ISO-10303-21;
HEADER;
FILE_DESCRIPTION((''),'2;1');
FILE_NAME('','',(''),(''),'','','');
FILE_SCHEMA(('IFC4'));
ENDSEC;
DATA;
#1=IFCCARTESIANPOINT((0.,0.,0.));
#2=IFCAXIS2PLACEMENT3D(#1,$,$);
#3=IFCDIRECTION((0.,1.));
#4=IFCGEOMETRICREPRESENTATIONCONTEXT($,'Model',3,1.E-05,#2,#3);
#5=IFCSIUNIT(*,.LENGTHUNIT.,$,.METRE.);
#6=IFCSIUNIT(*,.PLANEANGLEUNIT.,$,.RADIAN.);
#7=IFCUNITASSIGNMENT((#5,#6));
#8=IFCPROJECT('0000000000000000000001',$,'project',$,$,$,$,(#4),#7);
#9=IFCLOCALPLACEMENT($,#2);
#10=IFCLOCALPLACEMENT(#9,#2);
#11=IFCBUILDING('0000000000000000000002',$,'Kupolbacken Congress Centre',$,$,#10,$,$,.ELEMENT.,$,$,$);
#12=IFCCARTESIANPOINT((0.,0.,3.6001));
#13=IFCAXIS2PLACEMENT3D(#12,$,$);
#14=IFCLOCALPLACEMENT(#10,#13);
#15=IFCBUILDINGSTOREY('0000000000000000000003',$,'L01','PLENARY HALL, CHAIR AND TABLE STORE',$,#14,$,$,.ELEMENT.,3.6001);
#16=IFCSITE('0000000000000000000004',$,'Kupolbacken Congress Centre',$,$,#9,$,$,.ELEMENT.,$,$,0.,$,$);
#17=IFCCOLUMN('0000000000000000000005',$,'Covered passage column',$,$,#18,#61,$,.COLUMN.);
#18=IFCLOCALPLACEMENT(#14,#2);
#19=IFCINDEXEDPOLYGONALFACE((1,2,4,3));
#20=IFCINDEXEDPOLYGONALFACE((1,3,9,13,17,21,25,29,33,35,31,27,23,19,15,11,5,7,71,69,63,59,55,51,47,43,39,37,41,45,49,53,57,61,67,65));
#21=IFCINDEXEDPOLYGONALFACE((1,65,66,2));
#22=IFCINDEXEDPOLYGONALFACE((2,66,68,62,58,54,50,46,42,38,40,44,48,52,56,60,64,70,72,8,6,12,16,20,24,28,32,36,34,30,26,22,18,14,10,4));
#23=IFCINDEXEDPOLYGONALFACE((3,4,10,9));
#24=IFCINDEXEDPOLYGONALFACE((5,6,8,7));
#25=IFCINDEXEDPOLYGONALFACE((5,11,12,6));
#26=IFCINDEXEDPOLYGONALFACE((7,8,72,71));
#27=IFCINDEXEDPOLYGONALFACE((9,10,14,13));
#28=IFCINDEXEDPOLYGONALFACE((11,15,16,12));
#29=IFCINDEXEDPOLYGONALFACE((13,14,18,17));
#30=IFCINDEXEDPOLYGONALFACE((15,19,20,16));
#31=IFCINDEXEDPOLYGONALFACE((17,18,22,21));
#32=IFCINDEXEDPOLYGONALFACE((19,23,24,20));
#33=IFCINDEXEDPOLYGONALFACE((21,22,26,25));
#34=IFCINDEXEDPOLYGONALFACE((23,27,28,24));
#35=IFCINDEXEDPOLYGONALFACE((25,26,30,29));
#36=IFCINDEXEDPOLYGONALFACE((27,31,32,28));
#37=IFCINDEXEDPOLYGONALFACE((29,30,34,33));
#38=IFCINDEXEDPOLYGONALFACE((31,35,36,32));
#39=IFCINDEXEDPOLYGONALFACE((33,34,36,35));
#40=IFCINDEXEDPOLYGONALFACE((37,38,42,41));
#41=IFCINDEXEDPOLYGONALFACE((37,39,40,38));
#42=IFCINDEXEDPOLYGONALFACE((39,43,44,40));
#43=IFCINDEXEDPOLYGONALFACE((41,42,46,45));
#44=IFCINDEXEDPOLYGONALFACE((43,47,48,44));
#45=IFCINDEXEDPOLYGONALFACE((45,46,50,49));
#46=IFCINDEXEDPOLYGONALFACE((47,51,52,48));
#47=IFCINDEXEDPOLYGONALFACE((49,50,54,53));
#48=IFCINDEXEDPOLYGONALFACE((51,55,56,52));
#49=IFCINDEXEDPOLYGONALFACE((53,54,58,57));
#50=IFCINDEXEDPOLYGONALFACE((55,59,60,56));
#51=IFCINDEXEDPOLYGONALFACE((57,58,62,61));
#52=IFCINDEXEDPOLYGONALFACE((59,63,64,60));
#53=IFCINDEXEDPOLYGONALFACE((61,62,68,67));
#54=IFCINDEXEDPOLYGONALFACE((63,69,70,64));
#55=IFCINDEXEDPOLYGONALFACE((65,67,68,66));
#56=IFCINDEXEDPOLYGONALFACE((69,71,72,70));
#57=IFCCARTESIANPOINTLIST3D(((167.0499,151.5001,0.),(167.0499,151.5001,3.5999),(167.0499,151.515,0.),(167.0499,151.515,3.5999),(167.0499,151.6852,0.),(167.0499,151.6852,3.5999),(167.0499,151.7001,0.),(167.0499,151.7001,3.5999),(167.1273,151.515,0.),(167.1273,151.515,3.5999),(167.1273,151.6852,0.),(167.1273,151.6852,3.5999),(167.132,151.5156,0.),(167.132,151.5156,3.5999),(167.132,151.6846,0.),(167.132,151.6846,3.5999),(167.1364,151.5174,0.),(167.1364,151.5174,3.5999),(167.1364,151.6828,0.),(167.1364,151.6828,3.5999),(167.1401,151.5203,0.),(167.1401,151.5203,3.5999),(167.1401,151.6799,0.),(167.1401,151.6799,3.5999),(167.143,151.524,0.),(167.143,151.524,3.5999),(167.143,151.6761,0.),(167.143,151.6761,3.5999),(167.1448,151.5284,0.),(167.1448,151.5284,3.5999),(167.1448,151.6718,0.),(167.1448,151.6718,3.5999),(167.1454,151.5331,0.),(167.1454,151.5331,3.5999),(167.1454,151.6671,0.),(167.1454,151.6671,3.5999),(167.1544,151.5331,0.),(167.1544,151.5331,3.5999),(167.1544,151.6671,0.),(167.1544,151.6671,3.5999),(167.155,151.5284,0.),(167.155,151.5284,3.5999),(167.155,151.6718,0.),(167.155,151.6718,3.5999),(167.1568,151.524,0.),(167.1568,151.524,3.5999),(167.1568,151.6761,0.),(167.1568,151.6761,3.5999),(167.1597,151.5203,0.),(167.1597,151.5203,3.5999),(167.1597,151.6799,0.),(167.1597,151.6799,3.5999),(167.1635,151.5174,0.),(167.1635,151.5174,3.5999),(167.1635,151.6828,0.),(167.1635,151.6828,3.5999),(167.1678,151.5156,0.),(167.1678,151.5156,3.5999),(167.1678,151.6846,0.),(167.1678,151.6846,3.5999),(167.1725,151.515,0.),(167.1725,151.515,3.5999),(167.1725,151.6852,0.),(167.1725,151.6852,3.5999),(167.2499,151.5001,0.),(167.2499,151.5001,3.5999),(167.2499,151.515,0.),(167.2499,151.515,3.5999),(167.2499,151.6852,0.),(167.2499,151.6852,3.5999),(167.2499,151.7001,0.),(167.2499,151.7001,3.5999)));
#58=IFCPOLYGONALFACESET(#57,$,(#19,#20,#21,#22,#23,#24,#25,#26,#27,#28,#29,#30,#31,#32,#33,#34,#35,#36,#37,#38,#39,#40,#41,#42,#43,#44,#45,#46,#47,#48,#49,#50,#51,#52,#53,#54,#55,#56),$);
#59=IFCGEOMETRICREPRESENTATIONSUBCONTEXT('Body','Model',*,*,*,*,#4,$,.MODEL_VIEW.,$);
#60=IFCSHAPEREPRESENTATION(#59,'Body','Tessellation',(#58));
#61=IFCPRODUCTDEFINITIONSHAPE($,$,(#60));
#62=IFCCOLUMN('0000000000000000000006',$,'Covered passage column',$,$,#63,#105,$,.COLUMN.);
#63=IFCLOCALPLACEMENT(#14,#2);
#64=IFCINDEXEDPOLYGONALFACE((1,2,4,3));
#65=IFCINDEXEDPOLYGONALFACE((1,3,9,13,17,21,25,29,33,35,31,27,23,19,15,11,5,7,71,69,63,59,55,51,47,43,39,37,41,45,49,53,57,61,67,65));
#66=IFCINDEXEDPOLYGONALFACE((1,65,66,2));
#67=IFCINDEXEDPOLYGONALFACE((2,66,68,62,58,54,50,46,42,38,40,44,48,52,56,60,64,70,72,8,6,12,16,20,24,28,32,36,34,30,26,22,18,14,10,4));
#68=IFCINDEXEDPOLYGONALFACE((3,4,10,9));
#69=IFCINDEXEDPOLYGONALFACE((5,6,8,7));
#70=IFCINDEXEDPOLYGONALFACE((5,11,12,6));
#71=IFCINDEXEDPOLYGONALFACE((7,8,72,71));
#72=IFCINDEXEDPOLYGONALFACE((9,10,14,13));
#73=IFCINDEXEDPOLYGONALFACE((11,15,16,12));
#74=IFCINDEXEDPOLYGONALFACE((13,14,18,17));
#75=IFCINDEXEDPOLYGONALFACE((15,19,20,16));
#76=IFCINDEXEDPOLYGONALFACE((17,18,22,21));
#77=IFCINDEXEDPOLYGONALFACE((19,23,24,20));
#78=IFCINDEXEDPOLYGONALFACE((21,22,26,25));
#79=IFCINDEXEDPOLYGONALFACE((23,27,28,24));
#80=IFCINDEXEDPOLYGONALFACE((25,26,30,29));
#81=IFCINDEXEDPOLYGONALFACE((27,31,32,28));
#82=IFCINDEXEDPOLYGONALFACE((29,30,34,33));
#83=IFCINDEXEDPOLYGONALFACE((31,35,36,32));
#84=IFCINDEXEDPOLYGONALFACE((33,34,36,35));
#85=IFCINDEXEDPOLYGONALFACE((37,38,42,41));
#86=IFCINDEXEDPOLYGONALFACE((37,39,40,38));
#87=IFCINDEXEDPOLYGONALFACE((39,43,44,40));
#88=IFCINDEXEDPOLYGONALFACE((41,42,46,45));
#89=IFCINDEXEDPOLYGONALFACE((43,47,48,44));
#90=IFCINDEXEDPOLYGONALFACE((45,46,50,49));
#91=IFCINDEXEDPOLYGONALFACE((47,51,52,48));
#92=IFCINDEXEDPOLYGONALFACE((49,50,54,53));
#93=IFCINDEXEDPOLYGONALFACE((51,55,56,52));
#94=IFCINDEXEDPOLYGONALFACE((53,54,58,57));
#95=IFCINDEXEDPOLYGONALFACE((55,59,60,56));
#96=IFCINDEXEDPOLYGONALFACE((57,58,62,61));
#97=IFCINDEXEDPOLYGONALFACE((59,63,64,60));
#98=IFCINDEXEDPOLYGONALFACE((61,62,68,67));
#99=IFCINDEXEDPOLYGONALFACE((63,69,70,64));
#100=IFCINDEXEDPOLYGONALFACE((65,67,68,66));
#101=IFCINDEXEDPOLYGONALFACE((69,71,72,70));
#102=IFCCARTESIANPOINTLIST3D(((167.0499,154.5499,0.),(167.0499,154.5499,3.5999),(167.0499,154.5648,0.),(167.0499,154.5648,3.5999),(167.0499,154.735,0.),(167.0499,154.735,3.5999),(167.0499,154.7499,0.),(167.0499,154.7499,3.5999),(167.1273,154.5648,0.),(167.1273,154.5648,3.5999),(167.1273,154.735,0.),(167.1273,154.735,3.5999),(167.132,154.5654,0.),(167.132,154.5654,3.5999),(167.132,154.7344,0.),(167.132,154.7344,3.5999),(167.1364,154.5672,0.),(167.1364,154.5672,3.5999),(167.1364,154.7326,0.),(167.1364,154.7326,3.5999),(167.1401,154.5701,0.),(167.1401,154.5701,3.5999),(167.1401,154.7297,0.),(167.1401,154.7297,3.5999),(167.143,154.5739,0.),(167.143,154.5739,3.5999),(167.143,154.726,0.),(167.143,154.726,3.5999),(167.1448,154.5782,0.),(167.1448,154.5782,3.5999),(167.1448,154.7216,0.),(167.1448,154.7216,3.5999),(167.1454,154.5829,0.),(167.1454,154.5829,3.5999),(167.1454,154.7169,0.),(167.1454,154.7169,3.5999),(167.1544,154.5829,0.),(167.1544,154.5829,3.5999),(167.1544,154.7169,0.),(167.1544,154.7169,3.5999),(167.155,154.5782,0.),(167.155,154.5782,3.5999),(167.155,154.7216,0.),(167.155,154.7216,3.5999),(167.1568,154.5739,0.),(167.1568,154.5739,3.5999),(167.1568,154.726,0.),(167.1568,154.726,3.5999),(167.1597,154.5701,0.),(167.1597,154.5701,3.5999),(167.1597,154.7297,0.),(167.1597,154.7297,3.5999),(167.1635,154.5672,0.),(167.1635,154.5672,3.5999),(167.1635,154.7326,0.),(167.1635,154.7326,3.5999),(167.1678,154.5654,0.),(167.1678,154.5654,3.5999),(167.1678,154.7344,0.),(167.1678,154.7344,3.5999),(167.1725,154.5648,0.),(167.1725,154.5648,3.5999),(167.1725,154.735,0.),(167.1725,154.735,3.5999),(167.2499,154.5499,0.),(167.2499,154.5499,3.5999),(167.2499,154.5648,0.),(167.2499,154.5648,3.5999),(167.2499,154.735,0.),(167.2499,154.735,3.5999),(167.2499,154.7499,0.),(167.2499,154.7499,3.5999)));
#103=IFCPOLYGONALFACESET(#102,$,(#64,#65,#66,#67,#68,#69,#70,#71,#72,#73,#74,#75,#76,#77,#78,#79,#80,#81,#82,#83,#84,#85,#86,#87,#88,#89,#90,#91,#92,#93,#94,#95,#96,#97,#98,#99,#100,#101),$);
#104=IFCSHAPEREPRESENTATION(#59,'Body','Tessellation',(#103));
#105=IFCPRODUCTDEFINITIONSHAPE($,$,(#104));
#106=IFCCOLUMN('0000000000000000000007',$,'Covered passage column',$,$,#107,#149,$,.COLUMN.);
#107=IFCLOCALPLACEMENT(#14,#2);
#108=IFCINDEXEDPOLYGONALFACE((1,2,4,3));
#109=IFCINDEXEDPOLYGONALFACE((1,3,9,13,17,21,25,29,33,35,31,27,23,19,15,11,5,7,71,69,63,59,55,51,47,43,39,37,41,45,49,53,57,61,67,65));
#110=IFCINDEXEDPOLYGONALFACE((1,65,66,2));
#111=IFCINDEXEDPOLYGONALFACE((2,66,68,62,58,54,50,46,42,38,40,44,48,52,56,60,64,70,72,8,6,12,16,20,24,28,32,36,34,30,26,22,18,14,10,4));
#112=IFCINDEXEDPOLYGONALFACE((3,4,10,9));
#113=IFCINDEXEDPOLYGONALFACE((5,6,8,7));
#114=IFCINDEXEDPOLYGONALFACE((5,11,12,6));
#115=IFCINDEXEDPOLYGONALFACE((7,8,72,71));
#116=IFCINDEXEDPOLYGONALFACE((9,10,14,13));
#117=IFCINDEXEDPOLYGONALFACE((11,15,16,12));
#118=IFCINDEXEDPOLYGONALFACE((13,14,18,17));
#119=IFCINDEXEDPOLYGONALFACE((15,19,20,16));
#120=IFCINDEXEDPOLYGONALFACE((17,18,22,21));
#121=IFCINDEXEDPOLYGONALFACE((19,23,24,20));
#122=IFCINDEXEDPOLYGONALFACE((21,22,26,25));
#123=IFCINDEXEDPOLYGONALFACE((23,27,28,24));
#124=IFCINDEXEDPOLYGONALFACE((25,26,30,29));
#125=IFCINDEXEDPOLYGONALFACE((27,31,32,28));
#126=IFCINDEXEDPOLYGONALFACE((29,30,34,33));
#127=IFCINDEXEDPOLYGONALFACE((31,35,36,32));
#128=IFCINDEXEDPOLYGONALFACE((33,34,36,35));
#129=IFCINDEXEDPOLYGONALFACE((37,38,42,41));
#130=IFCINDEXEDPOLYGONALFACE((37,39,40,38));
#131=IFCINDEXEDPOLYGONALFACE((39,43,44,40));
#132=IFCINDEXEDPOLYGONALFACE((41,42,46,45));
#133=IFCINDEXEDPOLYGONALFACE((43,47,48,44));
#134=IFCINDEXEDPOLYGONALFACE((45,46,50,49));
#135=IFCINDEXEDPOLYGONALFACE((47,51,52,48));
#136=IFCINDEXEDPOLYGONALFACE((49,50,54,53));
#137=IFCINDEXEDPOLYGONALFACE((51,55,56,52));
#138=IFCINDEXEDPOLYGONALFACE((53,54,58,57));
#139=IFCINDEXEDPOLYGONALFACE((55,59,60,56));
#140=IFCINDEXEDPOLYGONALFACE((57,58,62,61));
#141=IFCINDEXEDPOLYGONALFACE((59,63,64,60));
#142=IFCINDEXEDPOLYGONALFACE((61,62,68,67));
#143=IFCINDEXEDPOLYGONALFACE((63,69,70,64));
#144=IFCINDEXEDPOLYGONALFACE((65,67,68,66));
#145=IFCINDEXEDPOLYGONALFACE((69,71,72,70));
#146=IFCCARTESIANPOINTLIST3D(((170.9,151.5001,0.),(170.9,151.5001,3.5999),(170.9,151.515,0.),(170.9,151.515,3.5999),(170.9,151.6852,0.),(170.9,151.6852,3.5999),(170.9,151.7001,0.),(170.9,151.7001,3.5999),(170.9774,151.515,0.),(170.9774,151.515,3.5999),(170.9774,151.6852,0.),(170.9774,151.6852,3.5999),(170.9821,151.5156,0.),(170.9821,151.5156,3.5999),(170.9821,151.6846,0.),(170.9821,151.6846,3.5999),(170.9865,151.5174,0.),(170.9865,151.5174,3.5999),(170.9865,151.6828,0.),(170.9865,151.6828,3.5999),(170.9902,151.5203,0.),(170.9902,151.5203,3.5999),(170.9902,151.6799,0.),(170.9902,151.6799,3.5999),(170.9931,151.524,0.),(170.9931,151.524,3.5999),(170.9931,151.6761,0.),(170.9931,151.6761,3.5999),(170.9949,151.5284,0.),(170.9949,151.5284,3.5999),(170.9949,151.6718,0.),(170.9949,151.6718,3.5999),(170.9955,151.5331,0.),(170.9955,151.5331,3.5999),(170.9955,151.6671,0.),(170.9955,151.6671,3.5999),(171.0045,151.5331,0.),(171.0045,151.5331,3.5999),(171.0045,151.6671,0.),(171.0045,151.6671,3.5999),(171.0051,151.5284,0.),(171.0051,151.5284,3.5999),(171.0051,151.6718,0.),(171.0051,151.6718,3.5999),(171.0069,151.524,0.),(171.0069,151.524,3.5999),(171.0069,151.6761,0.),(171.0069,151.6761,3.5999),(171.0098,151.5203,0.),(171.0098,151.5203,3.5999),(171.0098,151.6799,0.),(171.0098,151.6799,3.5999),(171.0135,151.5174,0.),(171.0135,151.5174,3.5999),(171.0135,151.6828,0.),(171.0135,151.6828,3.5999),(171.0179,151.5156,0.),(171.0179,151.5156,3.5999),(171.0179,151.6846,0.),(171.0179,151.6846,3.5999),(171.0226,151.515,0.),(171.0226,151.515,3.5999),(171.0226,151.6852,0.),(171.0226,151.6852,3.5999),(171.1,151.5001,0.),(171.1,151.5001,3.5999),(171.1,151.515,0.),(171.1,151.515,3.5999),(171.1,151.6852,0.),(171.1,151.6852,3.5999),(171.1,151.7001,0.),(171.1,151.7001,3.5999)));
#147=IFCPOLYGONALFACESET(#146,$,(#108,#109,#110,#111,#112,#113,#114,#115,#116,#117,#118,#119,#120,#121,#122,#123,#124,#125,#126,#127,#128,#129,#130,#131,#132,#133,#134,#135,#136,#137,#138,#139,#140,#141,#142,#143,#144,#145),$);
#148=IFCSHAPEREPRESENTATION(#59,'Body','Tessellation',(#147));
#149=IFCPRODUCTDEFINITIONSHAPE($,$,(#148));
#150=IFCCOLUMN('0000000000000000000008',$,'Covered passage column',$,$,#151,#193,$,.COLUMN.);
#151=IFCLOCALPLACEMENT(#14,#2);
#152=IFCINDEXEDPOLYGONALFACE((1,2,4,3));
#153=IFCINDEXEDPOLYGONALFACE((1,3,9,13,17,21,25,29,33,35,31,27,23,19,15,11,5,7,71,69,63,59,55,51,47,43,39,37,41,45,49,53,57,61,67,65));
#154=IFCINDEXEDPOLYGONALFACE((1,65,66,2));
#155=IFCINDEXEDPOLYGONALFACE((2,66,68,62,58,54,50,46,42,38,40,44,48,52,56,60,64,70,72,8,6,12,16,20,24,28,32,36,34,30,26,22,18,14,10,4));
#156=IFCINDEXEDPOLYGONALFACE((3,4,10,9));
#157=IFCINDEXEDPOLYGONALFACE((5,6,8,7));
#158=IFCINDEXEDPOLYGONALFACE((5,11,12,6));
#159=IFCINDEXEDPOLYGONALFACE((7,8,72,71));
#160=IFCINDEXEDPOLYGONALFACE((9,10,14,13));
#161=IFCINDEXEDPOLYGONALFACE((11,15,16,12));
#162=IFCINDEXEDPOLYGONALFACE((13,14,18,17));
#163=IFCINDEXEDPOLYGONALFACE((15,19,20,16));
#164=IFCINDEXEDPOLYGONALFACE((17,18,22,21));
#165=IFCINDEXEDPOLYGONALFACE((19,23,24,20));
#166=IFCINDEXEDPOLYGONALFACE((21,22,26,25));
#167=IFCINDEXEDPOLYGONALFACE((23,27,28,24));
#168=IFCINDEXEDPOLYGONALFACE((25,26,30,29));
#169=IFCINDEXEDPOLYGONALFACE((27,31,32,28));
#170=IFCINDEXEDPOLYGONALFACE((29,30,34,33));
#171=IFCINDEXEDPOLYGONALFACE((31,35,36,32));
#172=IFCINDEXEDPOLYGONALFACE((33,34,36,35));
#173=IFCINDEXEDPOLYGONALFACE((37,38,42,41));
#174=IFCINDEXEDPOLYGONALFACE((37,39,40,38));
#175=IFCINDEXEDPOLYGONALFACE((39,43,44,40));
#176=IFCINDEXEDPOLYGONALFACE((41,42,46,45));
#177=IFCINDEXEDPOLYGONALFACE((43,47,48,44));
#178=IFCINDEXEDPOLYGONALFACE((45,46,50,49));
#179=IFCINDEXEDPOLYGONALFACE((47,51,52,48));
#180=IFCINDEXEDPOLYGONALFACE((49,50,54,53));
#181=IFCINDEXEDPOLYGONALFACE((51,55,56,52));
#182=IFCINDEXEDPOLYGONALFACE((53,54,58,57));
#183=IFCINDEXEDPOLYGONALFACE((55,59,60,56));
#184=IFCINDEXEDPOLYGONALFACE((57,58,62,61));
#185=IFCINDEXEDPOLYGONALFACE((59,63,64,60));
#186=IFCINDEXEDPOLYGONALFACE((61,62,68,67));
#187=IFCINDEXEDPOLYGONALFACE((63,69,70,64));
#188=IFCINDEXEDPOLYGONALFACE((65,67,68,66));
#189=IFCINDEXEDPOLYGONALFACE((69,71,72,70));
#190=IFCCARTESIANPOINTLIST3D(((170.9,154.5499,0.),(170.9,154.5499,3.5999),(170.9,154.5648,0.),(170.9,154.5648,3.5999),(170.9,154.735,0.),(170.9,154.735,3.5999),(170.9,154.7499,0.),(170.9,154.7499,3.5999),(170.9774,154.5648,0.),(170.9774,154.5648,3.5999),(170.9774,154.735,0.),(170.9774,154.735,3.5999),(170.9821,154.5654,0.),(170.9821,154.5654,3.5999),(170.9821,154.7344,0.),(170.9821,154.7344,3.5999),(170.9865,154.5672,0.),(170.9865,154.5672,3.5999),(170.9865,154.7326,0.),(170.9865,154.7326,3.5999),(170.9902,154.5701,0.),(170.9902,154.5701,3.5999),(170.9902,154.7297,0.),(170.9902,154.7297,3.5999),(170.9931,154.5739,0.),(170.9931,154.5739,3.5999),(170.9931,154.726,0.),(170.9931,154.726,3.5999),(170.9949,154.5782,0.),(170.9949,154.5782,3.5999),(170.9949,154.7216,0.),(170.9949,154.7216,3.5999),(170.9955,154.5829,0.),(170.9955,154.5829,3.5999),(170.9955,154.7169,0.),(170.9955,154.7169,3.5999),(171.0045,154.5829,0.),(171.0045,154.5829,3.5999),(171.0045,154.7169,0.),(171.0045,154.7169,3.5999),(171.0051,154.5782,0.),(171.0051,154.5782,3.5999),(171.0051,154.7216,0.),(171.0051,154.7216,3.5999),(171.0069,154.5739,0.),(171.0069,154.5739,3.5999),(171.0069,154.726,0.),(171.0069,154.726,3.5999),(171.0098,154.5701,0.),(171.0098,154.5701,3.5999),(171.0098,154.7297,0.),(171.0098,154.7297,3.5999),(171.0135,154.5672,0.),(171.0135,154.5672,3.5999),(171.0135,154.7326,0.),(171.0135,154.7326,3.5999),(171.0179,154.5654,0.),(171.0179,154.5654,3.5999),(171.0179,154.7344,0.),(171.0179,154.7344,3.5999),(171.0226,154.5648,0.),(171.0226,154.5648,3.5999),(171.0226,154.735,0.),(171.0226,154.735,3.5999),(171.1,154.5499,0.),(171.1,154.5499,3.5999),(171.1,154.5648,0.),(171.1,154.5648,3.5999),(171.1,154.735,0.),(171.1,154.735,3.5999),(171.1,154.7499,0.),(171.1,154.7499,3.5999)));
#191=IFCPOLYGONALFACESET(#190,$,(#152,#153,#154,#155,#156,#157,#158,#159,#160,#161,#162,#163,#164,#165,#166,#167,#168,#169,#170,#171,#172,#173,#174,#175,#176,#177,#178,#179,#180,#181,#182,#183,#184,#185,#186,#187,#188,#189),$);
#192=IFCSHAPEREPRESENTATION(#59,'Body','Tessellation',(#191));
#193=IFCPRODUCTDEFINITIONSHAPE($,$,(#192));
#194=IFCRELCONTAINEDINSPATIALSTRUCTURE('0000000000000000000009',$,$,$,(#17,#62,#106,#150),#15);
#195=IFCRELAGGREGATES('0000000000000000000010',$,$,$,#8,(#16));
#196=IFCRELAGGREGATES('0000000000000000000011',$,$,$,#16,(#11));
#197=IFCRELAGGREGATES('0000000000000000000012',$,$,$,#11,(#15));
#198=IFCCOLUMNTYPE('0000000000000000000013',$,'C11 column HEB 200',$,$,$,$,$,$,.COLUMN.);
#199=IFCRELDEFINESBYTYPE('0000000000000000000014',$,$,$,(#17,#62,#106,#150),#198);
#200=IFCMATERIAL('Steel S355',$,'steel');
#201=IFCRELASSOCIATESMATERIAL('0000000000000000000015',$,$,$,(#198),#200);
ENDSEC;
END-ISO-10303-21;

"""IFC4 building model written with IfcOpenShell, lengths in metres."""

from ifc_helpers import new_model, si_unit, direction, frame, origin, origin_2d, place, context, subcontext, project, spatial, i_section, extrude, material, material_profile, profile_set, type_object, element, save


model = new_model("IFC4")

# Units and contexts
model_context = context("Model", 3, precision=1e-05, world=origin(), true_north=direction((0.0, 1.0)))
body_context = subcontext(model_context, "Body", "Model", "MODEL_VIEW")
ifc_project = project(units=[si_unit("LENGTHUNIT", "METRE"), si_unit("PLANEANGLEUNIT", "RADIAN")], contexts=[model_context])

# Site, building, storey
site_placement = place(None, origin())
site = spatial("IfcSite", under=ifc_project, at=site_placement, Name="Kupolbacken Congress Centre", CompositionType="ELEMENT", RefElevation=0.0)
building_placement = place(site_placement, origin())
building = spatial("IfcBuilding", under=site, at=building_placement, Name="Kupolbacken Congress Centre", CompositionType="ELEMENT")
storey_placement = place(building_placement, frame((0.0, 0.0, 3.6001)))
storey = spatial("IfcBuildingStorey", under=building, at=storey_placement, Name="L01", Description="PLENARY HALL, CHAIR AND TABLE STORE", CompositionType="ELEMENT", Elevation=3.6001)

# Columns
ifc_material_1 = material(Name="Steel S355", Category="steel")
ifc_material_profile_1 = material_profile(ifc_material_1, i_section(OverallWidth=0.2, OverallDepth=0.2, WebThickness=0.009, FlangeThickness=0.0149, FilletRadius=0.0181, at=origin_2d()), Name="HEB 200")
ifc_profile_set_1 = profile_set([ifc_material_profile_1], Name="Steel S355")
column_type_1 = type_object("IfcColumnType", Name="C11 column HEB 200", PredefinedType="COLUMN", material=ifc_profile_set_1)
for number, where, z_axis, x_axis, name in (
    (1, (167.1499, 151.6001, 0.0), (0.0, 0.0, 1.0), (1.0, 0.0, 0.0), "Covered passage column"),
    (2, (167.1499, 154.6499, 0.0), (0.0, 0.0, 1.0), (1.0, 0.0, 0.0), "Covered passage column"),
    (3, (171.0, 151.6001, 0.0), (0.0, 0.0, 1.0), (1.0, 0.0, 0.0), "Covered passage column"),
    (4, (171.0, 154.6499, 0.0), (0.0, 0.0, 1.0), (1.0, 0.0, 0.0), "Covered passage column"),
):
    element("IfcColumn", number, at=place(storey_placement, frame(where, z_axis=z_axis, x_axis=x_axis)), inside=storey, type_object=column_type_1, Name=name, PredefinedType="COLUMN", context=body_context, shape_type="SweptSolid", body=[
        extrude(i_section(OverallWidth=0.2, OverallDepth=0.2, WebThickness=0.009, FlangeThickness=0.0149, FilletRadius=0.0181, at=origin_2d()), origin(), (0.0, 0.0, 1.0), 3.5999),
    ])

save(model, "model.ifc")
